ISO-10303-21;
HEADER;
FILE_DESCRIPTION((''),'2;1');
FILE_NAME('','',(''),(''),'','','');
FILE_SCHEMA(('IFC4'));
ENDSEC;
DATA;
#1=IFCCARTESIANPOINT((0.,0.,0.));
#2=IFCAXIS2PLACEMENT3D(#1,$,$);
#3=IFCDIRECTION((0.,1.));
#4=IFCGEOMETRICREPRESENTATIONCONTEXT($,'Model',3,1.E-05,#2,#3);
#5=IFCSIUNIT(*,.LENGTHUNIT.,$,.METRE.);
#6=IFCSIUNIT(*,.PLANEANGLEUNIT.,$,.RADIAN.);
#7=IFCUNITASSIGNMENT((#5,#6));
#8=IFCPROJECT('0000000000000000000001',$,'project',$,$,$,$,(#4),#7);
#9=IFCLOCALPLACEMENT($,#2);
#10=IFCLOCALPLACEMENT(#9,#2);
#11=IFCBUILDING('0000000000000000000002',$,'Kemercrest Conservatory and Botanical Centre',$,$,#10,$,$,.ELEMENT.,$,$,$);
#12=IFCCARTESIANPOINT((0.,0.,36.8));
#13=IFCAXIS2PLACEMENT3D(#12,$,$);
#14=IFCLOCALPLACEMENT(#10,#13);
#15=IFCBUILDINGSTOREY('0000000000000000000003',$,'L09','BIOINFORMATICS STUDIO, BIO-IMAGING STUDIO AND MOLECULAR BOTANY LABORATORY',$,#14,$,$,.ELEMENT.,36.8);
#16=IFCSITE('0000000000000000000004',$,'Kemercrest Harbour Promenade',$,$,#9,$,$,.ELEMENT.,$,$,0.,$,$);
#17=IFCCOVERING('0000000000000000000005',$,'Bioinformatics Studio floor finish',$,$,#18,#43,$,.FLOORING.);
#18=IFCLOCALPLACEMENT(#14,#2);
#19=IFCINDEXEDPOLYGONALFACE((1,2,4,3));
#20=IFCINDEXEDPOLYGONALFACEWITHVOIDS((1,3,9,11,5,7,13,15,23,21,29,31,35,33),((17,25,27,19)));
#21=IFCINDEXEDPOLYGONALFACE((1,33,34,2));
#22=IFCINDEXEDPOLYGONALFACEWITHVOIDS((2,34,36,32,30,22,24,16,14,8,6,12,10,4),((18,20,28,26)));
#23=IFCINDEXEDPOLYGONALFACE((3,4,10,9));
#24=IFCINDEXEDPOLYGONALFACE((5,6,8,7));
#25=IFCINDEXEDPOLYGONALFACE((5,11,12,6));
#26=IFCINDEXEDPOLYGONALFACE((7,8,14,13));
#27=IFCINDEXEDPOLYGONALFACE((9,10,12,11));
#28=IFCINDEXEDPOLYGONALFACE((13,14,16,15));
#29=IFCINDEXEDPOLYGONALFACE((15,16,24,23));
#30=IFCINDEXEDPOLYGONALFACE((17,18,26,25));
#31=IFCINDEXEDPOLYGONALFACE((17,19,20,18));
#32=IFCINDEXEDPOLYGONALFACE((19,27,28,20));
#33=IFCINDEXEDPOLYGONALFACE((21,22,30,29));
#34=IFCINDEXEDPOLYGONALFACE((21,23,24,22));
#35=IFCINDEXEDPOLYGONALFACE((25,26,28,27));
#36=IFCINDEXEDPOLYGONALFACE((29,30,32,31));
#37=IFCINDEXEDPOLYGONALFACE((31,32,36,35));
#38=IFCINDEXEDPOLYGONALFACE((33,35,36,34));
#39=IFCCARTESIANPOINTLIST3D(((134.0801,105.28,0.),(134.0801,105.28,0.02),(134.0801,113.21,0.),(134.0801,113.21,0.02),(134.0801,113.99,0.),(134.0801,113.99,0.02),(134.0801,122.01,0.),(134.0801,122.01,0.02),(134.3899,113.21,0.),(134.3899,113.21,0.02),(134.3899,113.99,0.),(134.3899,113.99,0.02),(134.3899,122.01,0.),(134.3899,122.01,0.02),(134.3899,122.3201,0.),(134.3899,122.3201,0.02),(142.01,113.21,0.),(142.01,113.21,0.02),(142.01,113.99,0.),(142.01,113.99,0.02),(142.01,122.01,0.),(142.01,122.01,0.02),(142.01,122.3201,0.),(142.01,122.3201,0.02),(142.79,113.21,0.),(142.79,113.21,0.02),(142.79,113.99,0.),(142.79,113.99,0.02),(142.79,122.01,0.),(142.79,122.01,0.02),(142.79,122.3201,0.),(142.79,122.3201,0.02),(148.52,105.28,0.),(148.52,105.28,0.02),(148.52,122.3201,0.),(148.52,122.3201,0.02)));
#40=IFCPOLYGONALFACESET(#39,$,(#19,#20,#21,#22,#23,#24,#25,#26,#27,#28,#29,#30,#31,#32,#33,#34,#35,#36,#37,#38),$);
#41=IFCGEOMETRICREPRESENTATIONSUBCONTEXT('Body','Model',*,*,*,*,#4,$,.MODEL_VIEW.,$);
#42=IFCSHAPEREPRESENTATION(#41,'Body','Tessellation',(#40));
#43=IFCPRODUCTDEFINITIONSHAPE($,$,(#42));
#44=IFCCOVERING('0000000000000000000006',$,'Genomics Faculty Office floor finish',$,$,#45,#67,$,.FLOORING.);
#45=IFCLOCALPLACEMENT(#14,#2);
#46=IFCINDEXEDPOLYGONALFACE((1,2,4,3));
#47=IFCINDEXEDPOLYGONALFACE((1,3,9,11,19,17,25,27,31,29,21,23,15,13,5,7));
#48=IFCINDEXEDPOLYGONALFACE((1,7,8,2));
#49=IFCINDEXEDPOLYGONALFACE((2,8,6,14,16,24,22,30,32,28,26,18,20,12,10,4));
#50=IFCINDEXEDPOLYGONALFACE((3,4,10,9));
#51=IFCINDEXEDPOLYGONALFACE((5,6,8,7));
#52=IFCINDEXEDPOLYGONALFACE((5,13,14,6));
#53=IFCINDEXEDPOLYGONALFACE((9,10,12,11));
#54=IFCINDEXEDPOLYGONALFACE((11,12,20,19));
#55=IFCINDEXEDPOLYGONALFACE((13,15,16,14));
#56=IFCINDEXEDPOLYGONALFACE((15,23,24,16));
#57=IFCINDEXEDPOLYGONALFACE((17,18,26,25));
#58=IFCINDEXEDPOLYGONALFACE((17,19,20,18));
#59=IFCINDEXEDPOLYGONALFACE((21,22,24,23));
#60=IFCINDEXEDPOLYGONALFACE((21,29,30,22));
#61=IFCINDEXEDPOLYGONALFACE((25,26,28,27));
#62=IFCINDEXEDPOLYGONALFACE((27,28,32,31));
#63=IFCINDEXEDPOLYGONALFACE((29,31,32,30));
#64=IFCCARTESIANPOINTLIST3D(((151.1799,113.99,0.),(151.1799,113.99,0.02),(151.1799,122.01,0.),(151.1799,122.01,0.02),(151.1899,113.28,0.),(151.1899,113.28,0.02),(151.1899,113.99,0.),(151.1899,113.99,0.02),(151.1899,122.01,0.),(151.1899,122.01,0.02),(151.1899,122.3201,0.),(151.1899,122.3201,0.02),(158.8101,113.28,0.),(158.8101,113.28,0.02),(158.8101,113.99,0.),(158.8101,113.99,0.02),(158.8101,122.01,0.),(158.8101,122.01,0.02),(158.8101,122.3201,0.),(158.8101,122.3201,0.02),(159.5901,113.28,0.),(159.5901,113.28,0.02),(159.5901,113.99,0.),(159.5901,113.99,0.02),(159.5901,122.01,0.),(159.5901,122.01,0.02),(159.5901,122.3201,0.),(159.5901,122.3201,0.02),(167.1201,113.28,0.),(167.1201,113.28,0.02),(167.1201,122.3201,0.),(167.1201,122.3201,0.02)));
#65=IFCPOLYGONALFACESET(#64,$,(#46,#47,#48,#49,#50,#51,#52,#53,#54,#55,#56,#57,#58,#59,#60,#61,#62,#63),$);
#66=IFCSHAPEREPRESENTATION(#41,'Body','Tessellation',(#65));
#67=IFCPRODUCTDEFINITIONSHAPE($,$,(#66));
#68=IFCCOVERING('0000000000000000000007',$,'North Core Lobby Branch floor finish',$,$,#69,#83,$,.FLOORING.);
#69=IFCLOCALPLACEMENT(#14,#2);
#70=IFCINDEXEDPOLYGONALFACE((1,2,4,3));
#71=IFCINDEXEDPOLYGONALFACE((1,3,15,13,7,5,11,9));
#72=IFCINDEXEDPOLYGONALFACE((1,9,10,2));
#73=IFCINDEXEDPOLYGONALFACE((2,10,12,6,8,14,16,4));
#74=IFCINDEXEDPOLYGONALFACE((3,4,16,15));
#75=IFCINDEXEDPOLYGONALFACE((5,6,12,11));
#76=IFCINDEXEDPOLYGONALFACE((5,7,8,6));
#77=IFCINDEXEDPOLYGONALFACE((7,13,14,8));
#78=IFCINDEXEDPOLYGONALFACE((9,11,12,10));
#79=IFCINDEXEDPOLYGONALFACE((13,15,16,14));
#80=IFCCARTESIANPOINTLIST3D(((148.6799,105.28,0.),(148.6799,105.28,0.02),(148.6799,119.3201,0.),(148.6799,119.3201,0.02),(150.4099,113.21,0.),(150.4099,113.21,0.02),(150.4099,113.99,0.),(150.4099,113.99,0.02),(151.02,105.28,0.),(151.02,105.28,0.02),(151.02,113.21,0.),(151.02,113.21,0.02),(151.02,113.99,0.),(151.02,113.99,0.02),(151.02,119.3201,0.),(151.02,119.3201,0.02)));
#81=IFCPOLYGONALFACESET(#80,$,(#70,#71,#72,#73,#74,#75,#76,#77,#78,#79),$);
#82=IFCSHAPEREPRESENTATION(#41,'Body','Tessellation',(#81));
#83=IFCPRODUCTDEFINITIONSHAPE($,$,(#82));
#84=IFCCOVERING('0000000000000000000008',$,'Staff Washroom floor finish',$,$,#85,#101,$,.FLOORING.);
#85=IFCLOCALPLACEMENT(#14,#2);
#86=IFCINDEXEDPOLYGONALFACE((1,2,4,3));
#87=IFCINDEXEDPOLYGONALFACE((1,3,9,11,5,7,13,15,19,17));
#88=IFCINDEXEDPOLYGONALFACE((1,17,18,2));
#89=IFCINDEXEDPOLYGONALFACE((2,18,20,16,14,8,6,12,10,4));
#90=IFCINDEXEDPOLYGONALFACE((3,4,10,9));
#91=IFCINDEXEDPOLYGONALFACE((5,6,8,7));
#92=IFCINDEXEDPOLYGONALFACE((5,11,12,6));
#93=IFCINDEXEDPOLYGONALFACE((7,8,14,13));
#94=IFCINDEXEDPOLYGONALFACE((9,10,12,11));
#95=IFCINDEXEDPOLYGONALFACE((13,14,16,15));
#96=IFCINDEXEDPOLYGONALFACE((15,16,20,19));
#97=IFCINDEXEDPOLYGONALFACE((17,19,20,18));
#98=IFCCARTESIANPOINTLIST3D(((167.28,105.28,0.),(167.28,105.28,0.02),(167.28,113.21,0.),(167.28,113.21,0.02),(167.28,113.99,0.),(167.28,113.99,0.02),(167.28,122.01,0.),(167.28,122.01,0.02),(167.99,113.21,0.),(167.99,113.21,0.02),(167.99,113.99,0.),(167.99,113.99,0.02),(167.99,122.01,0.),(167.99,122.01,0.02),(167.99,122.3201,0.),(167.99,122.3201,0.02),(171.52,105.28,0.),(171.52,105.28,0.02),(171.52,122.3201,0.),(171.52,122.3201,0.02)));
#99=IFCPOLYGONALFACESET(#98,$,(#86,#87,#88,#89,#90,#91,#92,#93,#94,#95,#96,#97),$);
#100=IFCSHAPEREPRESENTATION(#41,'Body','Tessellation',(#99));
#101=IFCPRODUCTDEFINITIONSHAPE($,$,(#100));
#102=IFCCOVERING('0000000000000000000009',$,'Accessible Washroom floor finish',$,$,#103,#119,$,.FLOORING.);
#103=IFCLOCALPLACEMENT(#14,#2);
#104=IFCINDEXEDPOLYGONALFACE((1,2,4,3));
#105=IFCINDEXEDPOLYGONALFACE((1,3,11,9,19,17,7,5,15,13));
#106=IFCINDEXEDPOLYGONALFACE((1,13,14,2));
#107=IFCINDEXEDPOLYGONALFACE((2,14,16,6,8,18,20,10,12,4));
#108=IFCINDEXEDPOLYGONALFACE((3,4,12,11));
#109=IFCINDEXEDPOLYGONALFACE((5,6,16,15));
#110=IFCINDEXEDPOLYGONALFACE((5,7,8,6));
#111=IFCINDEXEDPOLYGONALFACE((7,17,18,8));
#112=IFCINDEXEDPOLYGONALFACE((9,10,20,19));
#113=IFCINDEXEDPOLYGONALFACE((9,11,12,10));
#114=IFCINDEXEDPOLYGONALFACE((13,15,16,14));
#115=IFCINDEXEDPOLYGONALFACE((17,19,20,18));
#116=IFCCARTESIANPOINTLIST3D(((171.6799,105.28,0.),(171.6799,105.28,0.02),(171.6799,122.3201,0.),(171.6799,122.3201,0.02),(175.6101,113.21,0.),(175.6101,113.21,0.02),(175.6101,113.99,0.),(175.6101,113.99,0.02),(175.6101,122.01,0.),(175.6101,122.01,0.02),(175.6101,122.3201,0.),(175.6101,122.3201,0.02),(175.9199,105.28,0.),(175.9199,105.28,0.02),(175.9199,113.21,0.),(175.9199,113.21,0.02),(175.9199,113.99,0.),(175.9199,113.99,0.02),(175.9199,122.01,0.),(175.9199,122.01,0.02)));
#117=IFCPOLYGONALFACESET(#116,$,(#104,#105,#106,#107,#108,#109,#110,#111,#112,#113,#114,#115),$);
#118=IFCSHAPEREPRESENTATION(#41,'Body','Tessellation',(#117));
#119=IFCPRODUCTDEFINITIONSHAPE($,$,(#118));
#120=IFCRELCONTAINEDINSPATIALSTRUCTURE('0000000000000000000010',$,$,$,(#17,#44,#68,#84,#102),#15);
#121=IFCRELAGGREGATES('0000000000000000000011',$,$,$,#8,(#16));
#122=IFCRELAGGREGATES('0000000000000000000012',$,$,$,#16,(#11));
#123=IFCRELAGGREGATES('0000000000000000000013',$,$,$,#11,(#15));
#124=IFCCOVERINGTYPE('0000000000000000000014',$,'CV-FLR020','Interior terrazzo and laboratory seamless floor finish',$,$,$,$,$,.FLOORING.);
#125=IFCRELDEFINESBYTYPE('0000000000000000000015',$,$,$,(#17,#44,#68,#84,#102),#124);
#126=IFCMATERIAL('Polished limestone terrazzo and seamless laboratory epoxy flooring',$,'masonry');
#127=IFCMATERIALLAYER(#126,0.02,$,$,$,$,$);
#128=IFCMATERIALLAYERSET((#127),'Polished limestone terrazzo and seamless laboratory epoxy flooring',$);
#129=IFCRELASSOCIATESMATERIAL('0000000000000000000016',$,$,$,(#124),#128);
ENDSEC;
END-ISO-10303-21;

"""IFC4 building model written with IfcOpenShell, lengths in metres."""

from ifc_helpers import new_model, si_unit, direction, frame, origin, place, context, subcontext, project, spatial, polyline, outline, extrude, material, layer, layer_set, type_object, element, save


model = new_model("IFC4")

# Units and contexts
model_context = context("Model", 3, precision=1e-05, world=origin(), true_north=direction((0.0, 1.0)))
body_context = subcontext(model_context, "Body", "Model", "MODEL_VIEW")
ifc_project = project(units=[si_unit("LENGTHUNIT", "METRE"), si_unit("PLANEANGLEUNIT", "RADIAN")], contexts=[model_context])

# Site, building, storey
site_placement = place(None, origin())
site = spatial("IfcSite", under=ifc_project, at=site_placement, Name="Kemercrest Harbour Promenade", CompositionType="ELEMENT", RefElevation=0.0)
building_placement = place(site_placement, origin())
building = spatial("IfcBuilding", under=site, at=building_placement, Name="Kemercrest Conservatory and Botanical Centre", CompositionType="ELEMENT")
storey_placement = place(building_placement, frame((0.0, 0.0, 36.8)))
storey = spatial("IfcBuildingStorey", under=building, at=storey_placement, Name="L09", Description="BIOINFORMATICS STUDIO, BIO-IMAGING STUDIO AND MOLECULAR BOTANY LABORATORY", CompositionType="ELEMENT", Elevation=36.8)

# Coverings
ifc_material_1 = material(Name="Polished limestone terrazzo and seamless laboratory epoxy flooring", Category="masonry")
ifc_layer_1 = layer(ifc_material_1, 0.02)
ifc_layer_set_1 = layer_set([ifc_layer_1], Name="Polished limestone terrazzo and seamless laboratory epoxy flooring")
covering_type_1 = type_object("IfcCoveringType", Name="CV-FLR020", Description="Interior terrazzo and laboratory seamless floor finish", PredefinedType="FLOORING", material=ifc_layer_set_1)
covering_1_placement = place(storey_placement, origin())
element("IfcCovering", 1, at=covering_1_placement, inside=storey, type_object=covering_type_1, Name="Bioinformatics Studio floor finish", PredefinedType="FLOORING", context=body_context, shape_type="SweptSolid", body=[
    extrude(outline(polyline([(134.3899, 113.21), (134.0801, 113.21), (134.0801, 105.28), (148.52, 105.28), (148.52, 122.3201), (142.79, 122.3201), (142.79, 122.01), (142.01, 122.01), (142.01, 122.3201), (134.3899, 122.3201), (134.3899, 122.01), (134.0801, 122.01), (134.0801, 113.99), (134.3899, 113.99), (134.3899, 113.21)]), holes=[polyline([(142.01, 113.99), (142.79, 113.99), (142.79, 113.21), (142.01, 113.21), (142.01, 113.99)])]), origin(), (0.0, 0.0, 1.0), 0.02),
])
covering_2_placement = place(storey_placement, origin())
element("IfcCovering", 2, at=covering_2_placement, inside=storey, type_object=covering_type_1, Name="Genomics Faculty Office floor finish", PredefinedType="FLOORING", context=body_context, shape_type="SweptSolid", body=[
    extrude(outline(polyline([(159.5901, 113.28), (167.1201, 113.28), (167.1201, 122.3201), (159.5901, 122.3201), (159.5901, 122.01), (158.8101, 122.01), (158.8101, 122.3201), (151.1899, 122.3201), (151.1899, 122.01), (151.1799, 122.01), (151.1799, 113.99), (151.1899, 113.99), (151.1899, 113.28), (158.8101, 113.28), (158.8101, 113.99), (159.5901, 113.99), (159.5901, 113.28)])), origin(), (0.0, 0.0, 1.0), 0.02),
])
covering_3_placement = place(storey_placement, origin())
element("IfcCovering", 3, at=covering_3_placement, inside=storey, type_object=covering_type_1, Name="North Core Lobby Branch floor finish", PredefinedType="FLOORING", context=body_context, shape_type="SweptSolid", body=[
    extrude(outline(polyline([(148.6799, 105.28), (151.02, 105.28), (151.02, 113.21), (150.4099, 113.21), (150.4099, 113.99), (151.02, 113.99), (151.02, 119.3201), (148.6799, 119.3201), (148.6799, 105.28)])), origin(), (0.0, 0.0, 1.0), 0.02),
])
covering_4_placement = place(storey_placement, origin())
element("IfcCovering", 4, at=covering_4_placement, inside=storey, type_object=covering_type_1, Name="Staff Washroom floor finish", PredefinedType="FLOORING", context=body_context, shape_type="SweptSolid", body=[
    extrude(outline(polyline([(167.28, 105.28), (171.52, 105.28), (171.52, 122.3201), (167.99, 122.3201), (167.99, 122.01), (167.28, 122.01), (167.28, 113.99), (167.99, 113.99), (167.99, 113.21), (167.28, 113.21), (167.28, 105.28)])), origin(), (0.0, 0.0, 1.0), 0.02),
])
covering_5_placement = place(storey_placement, origin())
element("IfcCovering", 5, at=covering_5_placement, inside=storey, type_object=covering_type_1, Name="Accessible Washroom floor finish", PredefinedType="FLOORING", context=body_context, shape_type="SweptSolid", body=[
    extrude(outline(polyline([(171.6799, 105.28), (175.9199, 105.28), (175.9199, 113.21), (175.6101, 113.21), (175.6101, 113.99), (175.9199, 113.99), (175.9199, 122.01), (175.6101, 122.01), (175.6101, 122.3201), (171.6799, 122.3201), (171.6799, 105.28)])), origin(), (0.0, 0.0, 1.0), 0.02),
])

save(model, "model.ifc")
